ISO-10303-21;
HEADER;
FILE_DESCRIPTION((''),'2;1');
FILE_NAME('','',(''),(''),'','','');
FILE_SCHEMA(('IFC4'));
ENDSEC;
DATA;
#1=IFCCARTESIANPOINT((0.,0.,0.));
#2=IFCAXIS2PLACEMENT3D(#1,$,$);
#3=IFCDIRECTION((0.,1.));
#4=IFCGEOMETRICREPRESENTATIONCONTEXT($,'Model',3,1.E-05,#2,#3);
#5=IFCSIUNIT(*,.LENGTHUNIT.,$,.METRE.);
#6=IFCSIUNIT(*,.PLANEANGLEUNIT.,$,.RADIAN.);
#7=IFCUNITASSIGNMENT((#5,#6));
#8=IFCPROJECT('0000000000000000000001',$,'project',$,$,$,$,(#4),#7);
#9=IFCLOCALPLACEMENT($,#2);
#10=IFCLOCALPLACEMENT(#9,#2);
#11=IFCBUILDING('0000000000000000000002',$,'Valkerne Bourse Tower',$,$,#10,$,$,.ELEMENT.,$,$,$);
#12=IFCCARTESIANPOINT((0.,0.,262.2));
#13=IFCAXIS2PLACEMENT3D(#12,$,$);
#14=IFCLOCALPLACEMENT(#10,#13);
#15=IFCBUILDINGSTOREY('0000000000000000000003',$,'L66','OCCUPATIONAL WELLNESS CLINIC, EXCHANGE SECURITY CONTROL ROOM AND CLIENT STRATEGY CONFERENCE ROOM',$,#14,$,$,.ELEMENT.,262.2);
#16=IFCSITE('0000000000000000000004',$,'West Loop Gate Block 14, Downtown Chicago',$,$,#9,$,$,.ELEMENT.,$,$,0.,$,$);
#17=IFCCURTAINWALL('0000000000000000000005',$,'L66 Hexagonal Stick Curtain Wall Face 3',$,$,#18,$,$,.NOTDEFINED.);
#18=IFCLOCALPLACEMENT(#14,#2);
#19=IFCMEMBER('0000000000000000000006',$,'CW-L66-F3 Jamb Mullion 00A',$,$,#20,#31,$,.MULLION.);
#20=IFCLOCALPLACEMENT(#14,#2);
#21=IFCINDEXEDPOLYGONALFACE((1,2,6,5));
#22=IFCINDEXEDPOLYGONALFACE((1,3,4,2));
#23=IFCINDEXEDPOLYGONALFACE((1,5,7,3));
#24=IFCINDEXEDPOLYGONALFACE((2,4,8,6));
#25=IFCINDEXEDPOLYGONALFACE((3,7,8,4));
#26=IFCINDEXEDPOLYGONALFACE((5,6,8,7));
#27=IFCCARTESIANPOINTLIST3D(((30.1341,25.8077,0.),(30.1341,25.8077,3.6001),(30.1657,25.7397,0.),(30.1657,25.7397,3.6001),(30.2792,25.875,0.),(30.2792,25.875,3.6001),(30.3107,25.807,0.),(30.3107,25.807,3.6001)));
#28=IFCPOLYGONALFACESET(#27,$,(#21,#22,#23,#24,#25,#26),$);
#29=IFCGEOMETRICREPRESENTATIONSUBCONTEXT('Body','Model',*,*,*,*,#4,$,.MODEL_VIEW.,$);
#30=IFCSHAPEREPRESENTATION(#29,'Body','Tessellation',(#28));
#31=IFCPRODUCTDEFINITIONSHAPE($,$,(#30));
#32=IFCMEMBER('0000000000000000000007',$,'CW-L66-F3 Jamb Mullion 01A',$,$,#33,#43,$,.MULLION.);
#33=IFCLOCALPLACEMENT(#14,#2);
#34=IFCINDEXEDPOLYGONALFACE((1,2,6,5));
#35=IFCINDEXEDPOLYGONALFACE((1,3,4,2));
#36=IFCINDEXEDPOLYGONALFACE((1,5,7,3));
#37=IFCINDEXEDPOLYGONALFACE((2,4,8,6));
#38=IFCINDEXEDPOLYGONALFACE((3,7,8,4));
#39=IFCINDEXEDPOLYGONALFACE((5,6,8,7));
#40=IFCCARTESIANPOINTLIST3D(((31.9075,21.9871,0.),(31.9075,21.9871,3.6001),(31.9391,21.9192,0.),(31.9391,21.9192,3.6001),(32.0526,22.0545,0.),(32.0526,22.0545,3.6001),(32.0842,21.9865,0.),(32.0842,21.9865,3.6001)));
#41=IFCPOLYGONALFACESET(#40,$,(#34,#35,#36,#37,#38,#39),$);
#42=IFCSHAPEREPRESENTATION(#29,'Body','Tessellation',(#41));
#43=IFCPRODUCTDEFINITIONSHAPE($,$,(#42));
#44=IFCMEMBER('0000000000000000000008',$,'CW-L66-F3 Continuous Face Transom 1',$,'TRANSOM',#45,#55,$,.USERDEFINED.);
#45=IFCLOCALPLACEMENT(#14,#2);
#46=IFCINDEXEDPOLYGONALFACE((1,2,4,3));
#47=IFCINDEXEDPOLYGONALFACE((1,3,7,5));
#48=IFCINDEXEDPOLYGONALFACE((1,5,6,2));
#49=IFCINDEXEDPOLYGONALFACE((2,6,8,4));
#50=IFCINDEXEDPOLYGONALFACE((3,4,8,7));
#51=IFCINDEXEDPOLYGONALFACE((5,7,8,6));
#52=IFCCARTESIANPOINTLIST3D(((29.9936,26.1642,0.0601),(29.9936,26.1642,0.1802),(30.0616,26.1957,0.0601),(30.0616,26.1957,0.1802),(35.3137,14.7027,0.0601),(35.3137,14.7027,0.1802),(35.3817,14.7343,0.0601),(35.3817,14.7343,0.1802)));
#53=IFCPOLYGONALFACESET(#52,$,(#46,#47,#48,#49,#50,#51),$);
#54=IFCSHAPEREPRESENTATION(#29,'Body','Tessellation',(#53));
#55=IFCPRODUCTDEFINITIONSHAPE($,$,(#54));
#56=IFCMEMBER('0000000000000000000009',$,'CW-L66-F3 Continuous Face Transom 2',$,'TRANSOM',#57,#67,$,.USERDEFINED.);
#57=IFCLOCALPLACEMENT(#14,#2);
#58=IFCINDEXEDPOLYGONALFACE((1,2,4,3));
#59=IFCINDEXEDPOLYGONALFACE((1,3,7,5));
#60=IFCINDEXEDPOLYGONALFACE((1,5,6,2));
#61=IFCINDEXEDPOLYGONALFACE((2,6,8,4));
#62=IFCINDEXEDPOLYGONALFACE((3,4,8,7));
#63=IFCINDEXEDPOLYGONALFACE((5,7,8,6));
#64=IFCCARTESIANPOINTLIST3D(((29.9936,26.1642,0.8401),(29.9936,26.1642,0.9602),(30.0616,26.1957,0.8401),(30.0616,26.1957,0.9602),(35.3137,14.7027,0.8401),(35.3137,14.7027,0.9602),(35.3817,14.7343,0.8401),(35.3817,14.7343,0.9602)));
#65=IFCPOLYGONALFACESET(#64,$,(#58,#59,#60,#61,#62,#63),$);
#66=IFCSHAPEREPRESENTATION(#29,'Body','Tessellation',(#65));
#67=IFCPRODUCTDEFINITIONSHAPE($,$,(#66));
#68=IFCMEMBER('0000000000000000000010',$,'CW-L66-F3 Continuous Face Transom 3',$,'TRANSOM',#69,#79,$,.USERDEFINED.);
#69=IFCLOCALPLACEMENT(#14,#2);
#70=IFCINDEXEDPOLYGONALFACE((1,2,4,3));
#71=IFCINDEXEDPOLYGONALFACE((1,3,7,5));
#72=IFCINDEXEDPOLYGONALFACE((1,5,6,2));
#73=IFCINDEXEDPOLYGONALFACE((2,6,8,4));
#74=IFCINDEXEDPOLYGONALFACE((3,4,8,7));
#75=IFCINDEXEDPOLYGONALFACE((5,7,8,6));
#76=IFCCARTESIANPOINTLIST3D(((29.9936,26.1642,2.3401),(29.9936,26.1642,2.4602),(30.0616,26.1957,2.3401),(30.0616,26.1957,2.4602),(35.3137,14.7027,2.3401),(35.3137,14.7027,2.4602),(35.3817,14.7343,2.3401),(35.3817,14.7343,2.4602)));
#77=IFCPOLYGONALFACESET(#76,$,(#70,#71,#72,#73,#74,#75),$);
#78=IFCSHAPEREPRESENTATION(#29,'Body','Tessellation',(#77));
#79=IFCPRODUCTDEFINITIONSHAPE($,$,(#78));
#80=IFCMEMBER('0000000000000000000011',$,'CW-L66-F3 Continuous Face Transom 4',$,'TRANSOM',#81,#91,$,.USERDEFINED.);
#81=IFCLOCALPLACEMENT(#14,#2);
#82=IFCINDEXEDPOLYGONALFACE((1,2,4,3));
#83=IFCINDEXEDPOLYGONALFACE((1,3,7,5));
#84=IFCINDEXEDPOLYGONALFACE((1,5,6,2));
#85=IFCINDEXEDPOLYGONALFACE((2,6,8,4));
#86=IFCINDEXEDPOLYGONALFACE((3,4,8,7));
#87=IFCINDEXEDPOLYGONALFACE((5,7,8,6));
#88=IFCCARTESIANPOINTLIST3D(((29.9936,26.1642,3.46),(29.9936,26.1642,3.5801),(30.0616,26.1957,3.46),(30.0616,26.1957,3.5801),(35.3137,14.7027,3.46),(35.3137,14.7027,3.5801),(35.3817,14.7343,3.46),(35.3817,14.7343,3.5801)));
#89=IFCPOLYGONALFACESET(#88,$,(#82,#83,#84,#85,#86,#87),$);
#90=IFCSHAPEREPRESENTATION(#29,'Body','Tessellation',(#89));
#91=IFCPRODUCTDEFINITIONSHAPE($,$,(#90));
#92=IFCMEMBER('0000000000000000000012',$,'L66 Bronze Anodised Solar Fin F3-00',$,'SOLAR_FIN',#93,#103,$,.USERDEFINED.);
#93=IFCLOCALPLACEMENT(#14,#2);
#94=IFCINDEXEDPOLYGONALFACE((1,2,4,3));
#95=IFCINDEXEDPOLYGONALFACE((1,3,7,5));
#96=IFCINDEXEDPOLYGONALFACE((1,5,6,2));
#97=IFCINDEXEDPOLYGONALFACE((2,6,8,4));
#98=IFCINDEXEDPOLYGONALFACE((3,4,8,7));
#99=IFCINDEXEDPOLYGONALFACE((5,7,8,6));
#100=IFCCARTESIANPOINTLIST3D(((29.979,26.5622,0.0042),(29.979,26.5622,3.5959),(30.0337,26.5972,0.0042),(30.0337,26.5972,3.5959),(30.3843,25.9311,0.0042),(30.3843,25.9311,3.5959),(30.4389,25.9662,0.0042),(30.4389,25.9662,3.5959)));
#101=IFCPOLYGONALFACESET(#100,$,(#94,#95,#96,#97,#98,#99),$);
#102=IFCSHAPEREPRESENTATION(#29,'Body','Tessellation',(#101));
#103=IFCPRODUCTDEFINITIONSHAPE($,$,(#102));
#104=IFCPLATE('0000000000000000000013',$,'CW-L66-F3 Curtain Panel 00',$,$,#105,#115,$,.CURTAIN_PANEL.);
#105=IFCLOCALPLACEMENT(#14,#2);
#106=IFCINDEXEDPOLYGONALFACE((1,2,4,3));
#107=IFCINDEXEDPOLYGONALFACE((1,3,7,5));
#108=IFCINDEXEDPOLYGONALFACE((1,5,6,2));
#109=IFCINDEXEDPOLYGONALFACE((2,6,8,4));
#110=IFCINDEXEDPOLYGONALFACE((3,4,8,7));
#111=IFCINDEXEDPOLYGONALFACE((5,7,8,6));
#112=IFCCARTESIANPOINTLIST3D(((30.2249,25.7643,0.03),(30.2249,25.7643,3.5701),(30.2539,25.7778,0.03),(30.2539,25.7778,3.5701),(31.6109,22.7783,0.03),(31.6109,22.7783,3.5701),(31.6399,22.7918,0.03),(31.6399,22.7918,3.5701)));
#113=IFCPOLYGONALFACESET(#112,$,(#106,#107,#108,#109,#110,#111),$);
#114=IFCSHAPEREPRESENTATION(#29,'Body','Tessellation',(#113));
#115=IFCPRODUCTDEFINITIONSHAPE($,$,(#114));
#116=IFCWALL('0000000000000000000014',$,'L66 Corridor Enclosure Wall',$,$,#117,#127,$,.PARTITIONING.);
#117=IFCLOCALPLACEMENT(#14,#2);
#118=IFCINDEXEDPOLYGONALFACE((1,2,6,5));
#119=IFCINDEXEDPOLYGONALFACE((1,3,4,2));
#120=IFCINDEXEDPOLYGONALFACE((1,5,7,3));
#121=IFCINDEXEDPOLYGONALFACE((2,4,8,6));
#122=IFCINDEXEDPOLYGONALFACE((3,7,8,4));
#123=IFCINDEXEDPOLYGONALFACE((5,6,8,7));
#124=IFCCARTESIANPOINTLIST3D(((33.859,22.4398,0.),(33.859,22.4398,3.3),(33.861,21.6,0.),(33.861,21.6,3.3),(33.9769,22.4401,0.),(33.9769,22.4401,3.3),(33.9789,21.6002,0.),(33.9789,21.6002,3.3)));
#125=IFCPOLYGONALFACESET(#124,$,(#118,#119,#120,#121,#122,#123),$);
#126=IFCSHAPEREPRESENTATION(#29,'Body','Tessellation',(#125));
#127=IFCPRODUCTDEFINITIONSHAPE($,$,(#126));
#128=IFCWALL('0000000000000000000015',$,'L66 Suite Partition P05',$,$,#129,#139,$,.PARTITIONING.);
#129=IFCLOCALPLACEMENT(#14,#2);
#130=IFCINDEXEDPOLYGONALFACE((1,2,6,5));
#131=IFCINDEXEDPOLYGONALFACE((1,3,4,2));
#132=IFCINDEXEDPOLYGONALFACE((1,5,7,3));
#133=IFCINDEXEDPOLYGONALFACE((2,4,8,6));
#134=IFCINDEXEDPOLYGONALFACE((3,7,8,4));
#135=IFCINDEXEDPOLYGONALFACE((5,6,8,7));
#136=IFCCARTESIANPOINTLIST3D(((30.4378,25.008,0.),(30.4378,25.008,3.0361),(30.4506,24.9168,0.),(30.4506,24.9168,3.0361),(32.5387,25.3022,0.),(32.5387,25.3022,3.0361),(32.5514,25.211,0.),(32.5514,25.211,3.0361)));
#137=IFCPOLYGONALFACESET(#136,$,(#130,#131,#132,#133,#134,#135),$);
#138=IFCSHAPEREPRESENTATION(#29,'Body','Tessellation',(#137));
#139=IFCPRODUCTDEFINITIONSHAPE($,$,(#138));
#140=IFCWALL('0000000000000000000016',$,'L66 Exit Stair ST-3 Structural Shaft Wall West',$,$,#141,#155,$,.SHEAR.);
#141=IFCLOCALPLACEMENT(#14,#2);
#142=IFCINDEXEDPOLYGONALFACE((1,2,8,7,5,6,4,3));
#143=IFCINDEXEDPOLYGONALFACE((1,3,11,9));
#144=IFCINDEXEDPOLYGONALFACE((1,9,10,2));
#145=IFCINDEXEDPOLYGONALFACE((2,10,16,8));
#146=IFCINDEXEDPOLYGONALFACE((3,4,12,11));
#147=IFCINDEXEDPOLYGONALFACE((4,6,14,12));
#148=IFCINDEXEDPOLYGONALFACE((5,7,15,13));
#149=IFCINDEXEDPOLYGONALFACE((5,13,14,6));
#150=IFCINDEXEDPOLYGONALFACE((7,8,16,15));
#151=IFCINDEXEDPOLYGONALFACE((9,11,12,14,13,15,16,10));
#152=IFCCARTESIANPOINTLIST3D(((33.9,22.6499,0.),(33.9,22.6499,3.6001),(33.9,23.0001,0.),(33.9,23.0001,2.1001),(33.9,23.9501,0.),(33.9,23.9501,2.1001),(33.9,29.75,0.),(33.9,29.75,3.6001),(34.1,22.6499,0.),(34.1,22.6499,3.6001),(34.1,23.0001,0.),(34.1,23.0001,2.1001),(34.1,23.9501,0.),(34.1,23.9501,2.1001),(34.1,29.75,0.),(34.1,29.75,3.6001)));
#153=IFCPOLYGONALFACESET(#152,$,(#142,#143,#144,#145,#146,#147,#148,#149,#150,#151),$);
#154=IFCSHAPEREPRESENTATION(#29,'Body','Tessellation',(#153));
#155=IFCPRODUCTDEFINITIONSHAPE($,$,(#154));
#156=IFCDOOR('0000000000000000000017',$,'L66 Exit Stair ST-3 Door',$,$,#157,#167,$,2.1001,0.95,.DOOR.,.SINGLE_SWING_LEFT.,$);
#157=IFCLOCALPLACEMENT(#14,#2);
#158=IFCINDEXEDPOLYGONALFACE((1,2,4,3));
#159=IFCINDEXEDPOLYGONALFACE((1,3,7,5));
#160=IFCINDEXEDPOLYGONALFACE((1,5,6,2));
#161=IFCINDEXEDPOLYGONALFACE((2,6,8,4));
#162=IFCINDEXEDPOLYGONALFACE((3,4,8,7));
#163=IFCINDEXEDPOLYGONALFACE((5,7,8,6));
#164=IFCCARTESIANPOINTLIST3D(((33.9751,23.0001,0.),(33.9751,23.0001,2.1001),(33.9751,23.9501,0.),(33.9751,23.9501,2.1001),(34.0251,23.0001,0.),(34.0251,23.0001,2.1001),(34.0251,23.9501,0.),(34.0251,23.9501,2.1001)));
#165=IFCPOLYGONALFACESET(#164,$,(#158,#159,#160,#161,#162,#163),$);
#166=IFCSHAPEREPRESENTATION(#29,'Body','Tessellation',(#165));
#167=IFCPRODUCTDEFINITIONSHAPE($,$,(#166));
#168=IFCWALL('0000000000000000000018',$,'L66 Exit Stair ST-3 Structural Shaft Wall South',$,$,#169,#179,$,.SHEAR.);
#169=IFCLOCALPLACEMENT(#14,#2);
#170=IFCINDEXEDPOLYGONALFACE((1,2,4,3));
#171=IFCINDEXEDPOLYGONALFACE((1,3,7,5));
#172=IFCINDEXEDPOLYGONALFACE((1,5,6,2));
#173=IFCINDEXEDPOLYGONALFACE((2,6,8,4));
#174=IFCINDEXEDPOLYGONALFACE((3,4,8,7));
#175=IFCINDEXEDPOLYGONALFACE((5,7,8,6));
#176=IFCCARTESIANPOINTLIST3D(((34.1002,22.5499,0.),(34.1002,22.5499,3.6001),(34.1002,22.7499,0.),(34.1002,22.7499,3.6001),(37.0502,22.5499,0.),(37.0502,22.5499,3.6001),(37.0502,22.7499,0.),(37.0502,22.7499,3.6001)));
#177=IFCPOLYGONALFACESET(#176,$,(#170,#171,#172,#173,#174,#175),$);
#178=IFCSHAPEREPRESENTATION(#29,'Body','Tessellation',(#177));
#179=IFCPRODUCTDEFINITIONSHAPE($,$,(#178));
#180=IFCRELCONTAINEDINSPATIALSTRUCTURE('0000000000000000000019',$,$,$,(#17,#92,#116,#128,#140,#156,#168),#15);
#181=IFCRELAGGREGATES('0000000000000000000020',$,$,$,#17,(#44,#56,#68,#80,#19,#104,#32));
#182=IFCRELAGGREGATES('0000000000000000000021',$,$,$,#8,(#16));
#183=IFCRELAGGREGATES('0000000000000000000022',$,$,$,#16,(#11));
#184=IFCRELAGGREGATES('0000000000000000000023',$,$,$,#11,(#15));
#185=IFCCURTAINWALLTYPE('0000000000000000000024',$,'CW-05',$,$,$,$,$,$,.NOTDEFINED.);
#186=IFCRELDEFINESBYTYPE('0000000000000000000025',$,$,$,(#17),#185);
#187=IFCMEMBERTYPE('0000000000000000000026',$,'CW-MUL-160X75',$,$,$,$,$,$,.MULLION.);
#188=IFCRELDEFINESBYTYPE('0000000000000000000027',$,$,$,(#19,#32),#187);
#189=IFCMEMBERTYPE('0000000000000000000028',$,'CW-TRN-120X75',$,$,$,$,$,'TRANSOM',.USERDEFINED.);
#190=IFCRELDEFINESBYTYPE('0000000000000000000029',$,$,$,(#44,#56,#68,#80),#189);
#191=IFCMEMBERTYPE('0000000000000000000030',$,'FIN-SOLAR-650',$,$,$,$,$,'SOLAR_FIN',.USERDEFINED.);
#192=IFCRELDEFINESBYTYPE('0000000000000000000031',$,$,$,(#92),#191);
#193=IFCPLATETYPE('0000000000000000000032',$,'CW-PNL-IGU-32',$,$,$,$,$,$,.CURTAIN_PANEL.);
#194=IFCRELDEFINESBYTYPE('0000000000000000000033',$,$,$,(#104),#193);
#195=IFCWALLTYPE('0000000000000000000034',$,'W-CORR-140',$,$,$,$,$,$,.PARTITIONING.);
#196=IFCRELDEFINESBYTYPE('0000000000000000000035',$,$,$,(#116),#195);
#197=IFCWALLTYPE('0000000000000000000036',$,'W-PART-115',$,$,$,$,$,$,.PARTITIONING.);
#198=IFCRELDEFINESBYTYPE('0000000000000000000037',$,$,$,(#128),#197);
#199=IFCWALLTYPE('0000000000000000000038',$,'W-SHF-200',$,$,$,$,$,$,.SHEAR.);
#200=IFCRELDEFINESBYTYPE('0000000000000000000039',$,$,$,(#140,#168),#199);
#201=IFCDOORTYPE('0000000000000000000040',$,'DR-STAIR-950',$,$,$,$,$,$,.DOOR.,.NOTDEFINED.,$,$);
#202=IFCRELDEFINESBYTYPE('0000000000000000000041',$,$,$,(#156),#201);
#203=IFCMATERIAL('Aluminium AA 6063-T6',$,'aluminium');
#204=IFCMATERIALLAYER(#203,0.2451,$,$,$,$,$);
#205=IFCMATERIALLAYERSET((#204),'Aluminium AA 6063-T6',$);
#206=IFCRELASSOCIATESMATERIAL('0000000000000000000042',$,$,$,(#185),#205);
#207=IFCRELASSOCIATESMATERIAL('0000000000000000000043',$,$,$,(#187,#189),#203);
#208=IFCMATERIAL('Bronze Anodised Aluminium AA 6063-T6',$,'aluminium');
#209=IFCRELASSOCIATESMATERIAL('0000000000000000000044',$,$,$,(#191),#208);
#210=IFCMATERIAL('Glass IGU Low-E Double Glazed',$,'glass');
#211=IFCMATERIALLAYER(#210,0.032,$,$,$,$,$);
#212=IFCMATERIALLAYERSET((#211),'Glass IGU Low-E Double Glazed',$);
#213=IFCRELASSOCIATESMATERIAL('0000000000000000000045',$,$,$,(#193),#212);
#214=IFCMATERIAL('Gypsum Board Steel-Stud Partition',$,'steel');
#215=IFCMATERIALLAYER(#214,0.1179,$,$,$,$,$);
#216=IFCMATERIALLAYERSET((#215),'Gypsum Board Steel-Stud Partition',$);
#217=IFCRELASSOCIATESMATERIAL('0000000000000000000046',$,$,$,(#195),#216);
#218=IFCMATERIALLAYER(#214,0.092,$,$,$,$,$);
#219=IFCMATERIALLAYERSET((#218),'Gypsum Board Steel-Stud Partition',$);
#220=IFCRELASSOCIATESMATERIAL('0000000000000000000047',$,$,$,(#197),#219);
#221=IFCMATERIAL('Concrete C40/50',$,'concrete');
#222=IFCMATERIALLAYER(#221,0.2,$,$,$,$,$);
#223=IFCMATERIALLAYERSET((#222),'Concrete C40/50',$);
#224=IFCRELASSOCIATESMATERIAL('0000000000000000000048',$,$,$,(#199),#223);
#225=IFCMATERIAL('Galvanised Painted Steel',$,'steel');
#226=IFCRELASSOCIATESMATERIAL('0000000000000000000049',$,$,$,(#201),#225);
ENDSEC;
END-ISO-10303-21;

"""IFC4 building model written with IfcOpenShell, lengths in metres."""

from ifc_helpers import new_model, si_unit, direction, frame, frame_2d, origin, origin_2d, place, context, subcontext, project, spatial, rectangle, extrude, material, layer, layer_set, material_profile, profile_set, type_object, element, fill, aggregate, save


model = new_model("IFC4")

# Units and contexts
model_context = context("Model", 3, precision=1e-05, world=origin(), true_north=direction((0.0, 1.0)))
body_context = subcontext(model_context, "Body", "Model", "MODEL_VIEW")
ifc_project = project(units=[si_unit("LENGTHUNIT", "METRE"), si_unit("PLANEANGLEUNIT", "RADIAN")], contexts=[model_context])

# Site, building, storey
site_placement = place(None, origin())
site = spatial("IfcSite", under=ifc_project, at=site_placement, Name="West Loop Gate Block 14, Downtown Chicago", CompositionType="ELEMENT", RefElevation=0.0)
building_placement = place(site_placement, origin())
building = spatial("IfcBuilding", under=site, at=building_placement, Name="Valkerne Bourse Tower", CompositionType="ELEMENT")
storey_placement = place(building_placement, frame((0.0, 0.0, 262.2)))
storey = spatial("IfcBuildingStorey", under=building, at=storey_placement, Name="L66", Description="OCCUPATIONAL WELLNESS CLINIC, EXCHANGE SECURITY CONTROL ROOM AND CLIENT STRATEGY CONFERENCE ROOM", CompositionType="ELEMENT", Elevation=262.2)

# Curtain wall, members
ifc_material_1 = material(Name="Aluminium AA 6063-T6", Category="aluminium")
ifc_layer_1 = layer(ifc_material_1, 0.2451)
ifc_layer_set_1 = layer_set([ifc_layer_1], Name="Aluminium AA 6063-T6")
curtain_wall_type = type_object("IfcCurtainWallType", Name="CW-05", PredefinedType="NOTDEFINED", material=ifc_layer_set_1)
curtain_wall_placement = place(storey_placement, origin())
curtain_wall = element("IfcCurtainWall", 1, at=curtain_wall_placement, inside=storey, type_object=curtain_wall_type, Name="L66 Hexagonal Stick Curtain Wall Face 3", PredefinedType="NOTDEFINED")
ifc_material_profile_1 = material_profile(ifc_material_1, rectangle(XDim=0.075, YDim=0.1599, at=origin_2d()), Name="CWM-75X160")
ifc_profile_set_1 = profile_set([ifc_material_profile_1], Name="Aluminium AA 6063-T6")
member_type_1 = type_object("IfcMemberType", Name="CW-MUL-160X75", PredefinedType="MULLION", material=ifc_profile_set_1)
member_1_placement = place(storey_placement, frame((30.2224, 25.8074, 0.0), z_axis=(0.0, 0.0, 1.0), x_axis=(0.421032, -0.907046, 0.0)))
member_1 = element("IfcMember", 2, at=member_1_placement, type_object=member_type_1, Name="CW-L66-F3 Jamb Mullion 00A", PredefinedType="MULLION", context=body_context, shape_type="SweptSolid", body=[
    extrude(rectangle(XDim=0.075, YDim=0.1599, at=origin_2d()), origin(), (0.0, 0.0, 1.0), 3.6001),
])
member_2_placement = place(storey_placement, frame((31.9958, 21.9868, 0.0), z_axis=(0.0, 0.0, 1.0), x_axis=(0.421032, -0.907046, 0.0)))
member_2 = element("IfcMember", 3, at=member_2_placement, type_object=member_type_1, Name="CW-L66-F3 Jamb Mullion 01A", PredefinedType="MULLION", context=body_context, shape_type="SweptSolid", body=[
    extrude(rectangle(XDim=0.075, YDim=0.1599, at=origin_2d()), origin(), (0.0, 0.0, 1.0), 3.6001),
])
ifc_material_profile_2 = material_profile(ifc_material_1, rectangle(XDim=0.075, YDim=0.1201, at=origin_2d()), Name="CWT-75X120")
ifc_profile_set_2 = profile_set([ifc_material_profile_2], Name="Aluminium AA 6063-T6")
member_type_2 = type_object("IfcMemberType", Name="CW-TRN-120X75", ElementType="TRANSOM", PredefinedType="USERDEFINED", material=ifc_profile_set_2)
member_3_placement = place(storey_placement, frame((30.0276, 26.1799, 0.1201), z_axis=(0.421026, -0.907048, 0.0), x_axis=(0.907048, 0.421026, 0.0)))
member_3 = element("IfcMember", 4, at=member_3_placement, type_object=member_type_2, Name="CW-L66-F3 Continuous Face Transom 1", ObjectType="TRANSOM", PredefinedType="USERDEFINED", context=body_context, shape_type="SweptSolid", body=[
    extrude(rectangle(XDim=0.075, YDim=0.1201, at=origin_2d()), origin(), (0.0, 0.0, 1.0), 12.636),
])
member_4_placement = place(storey_placement, frame((30.0276, 26.1799, 0.9001), z_axis=(0.421026, -0.907048, 0.0), x_axis=(0.907048, 0.421026, 0.0)))
member_4 = element("IfcMember", 5, at=member_4_placement, type_object=member_type_2, Name="CW-L66-F3 Continuous Face Transom 2", ObjectType="TRANSOM", PredefinedType="USERDEFINED", context=body_context, shape_type="SweptSolid", body=[
    extrude(rectangle(XDim=0.075, YDim=0.1201, at=origin_2d()), origin(), (0.0, 0.0, 1.0), 12.636),
])
member_5_placement = place(storey_placement, frame((30.0276, 26.1799, 2.4001), z_axis=(0.421026, -0.907048, 0.0), x_axis=(0.907048, 0.421026, 0.0)))
member_5 = element("IfcMember", 6, at=member_5_placement, type_object=member_type_2, Name="CW-L66-F3 Continuous Face Transom 3", ObjectType="TRANSOM", PredefinedType="USERDEFINED", context=body_context, shape_type="SweptSolid", body=[
    extrude(rectangle(XDim=0.075, YDim=0.1201, at=origin_2d()), origin(), (0.0, 0.0, 1.0), 12.636),
])
member_6_placement = place(storey_placement, frame((30.0276, 26.1799, 3.52), z_axis=(0.421026, -0.907048, 0.0), x_axis=(0.907048, 0.421026, 0.0)))
member_6 = element("IfcMember", 7, at=member_6_placement, type_object=member_type_2, Name="CW-L66-F3 Continuous Face Transom 4", ObjectType="TRANSOM", PredefinedType="USERDEFINED", context=body_context, shape_type="SweptSolid", body=[
    extrude(rectangle(XDim=0.075, YDim=0.1201, at=origin_2d()), origin(), (0.0, 0.0, 1.0), 12.636),
])

# Member
ifc_material_2 = material(Name="Bronze Anodised Aluminium AA 6063-T6", Category="aluminium")
ifc_material_profile_3 = material_profile(ifc_material_2, rectangle(XDim=0.0649, YDim=0.75, at=origin_2d()), Name="FIN-65X750")
ifc_profile_set_3 = profile_set([ifc_material_profile_3], Name="Bronze Anodised Aluminium AA 6063-T6")
member_type_3 = type_object("IfcMemberType", Name="FIN-SOLAR-650", ElementType="SOLAR_FIN", PredefinedType="USERDEFINED", material=ifc_profile_set_3)
member_7_placement = place(storey_placement, frame((30.209, 26.2642, 0.0042), z_axis=(0.0, 0.0, 1.0), x_axis=(-0.841434, -0.54036, 0.0)))
element("IfcMember", 8, at=member_7_placement, inside=storey, type_object=member_type_3, Name="L66 Bronze Anodised Solar Fin F3-00", ObjectType="SOLAR_FIN", PredefinedType="USERDEFINED", context=body_context, shape_type="SweptSolid", body=[
    extrude(rectangle(XDim=0.0649, YDim=0.75, at=origin_2d()), origin(), (0.0, 0.0, 1.0), 3.5918),
])

# Plate
ifc_material_3 = material(Name="Glass IGU Low-E Double Glazed", Category="glass")
ifc_layer_2 = layer(ifc_material_3, 0.032)
ifc_layer_set_2 = layer_set([ifc_layer_2], Name="Glass IGU Low-E Double Glazed")
plate_type = type_object("IfcPlateType", Name="CW-PNL-IGU-32", PredefinedType="CURTAIN_PANEL", material=ifc_layer_set_2)
plate_placement = place(storey_placement, frame((30.9324, 24.2781, 0.03), z_axis=(0.0, 0.0, 1.0), x_axis=(0.421032, -0.907046, 0.0)))
plate = element("IfcPlate", 9, at=plate_placement, type_object=plate_type, Name="CW-L66-F3 Curtain Panel 00", PredefinedType="CURTAIN_PANEL", context=body_context, shape_type="SweptSolid", body=[
    extrude(rectangle(XDim=3.292, YDim=0.032, at=origin_2d()), origin(), (0.0, 0.0, 1.0), 3.54),
])
aggregate(curtain_wall, [member_3, member_4, member_5, member_6, member_1, plate, member_2])

# Walls
ifc_material_4 = material(Name="Gypsum Board Steel-Stud Partition", Category="steel")
ifc_layer_3 = layer(ifc_material_4, 0.1179)
ifc_layer_set_3 = layer_set([ifc_layer_3], Name="Gypsum Board Steel-Stud Partition")
wall_type_1 = type_object("IfcWallType", Name="W-CORR-140", PredefinedType="PARTITIONING", material=ifc_layer_set_3)
wall_1_placement = place(storey_placement, frame((33.918, 22.4399, 0.0), z_axis=(0.0, 0.0, 1.0), x_axis=(0.002326, -0.999997, 0.0)))
element("IfcWall", 10, at=wall_1_placement, inside=storey, type_object=wall_type_1, Name="L66 Corridor Enclosure Wall", PredefinedType="PARTITIONING", context=body_context, shape_type="SweptSolid", body=[
    extrude(rectangle(XDim=0.8398, YDim=0.1179, at=frame_2d((0.4199, 0.0))), origin(), (0.0, 0.0, 1.0), 3.3),
])
ifc_layer_4 = layer(ifc_material_4, 0.092)
ifc_layer_set_4 = layer_set([ifc_layer_4], Name="Gypsum Board Steel-Stud Partition")
wall_type_2 = type_object("IfcWallType", Name="W-PART-115", PredefinedType="PARTITIONING", material=ifc_layer_set_4)
wall_2_placement = place(storey_placement, frame((32.5449, 25.2566, 0.0), z_axis=(0.0, 0.0, 1.0), x_axis=(-0.990337, -0.138682, 0.0)))
element("IfcWall", 11, at=wall_2_placement, inside=storey, type_object=wall_type_2, Name="L66 Suite Partition P05", PredefinedType="PARTITIONING", context=body_context, shape_type="SweptSolid", body=[
    extrude(rectangle(XDim=2.1213, YDim=0.092, at=frame_2d((1.0605, 0.0))), origin(), (0.0, 0.0, 1.0), 3.0361),
])

# Wall, opening, door
ifc_material_5 = material(Name="Concrete C40/50", Category="concrete")
ifc_layer_5 = layer(ifc_material_5, 0.2)
ifc_layer_set_5 = layer_set([ifc_layer_5], Name="Concrete C40/50")
wall_type_3 = type_object("IfcWallType", Name="W-SHF-200", PredefinedType="SHEAR", material=ifc_layer_set_5)
wall_3_placement = place(storey_placement, frame((34.0, 22.6499, 0.0), z_axis=(0.0, 0.0, 1.0), x_axis=(0.0, 1.0, 0.0)))
wall_3 = element("IfcWall", 12, at=wall_3_placement, inside=storey, type_object=wall_type_3, Name="L66 Exit Stair ST-3 Structural Shaft Wall West", PredefinedType="SHEAR", context=body_context, shape_type="SweptSolid", body=[
    extrude(rectangle(XDim=7.1001, YDim=0.2, at=frame_2d((3.55, 0.0))), origin(), (0.0, 0.0, 1.0), 3.6001),
])
opening_placement = place(wall_3_placement, frame((0.3501, 0.0, 0.0)))
opening = element("IfcOpeningElement", 13, at=opening_placement, cuts=wall_3, PredefinedType="OPENING", context=body_context, shape_type="SweptSolid", body=[
    extrude(rectangle(XDim=0.95, YDim=2.1001, at=frame_2d((0.4751, 1.05))), frame((0.0, 0.1099, 0.0), z_axis=(0.0, -1.0, 0.0), x_axis=(1.0, 0.0, 0.0)), (0.0, 0.0, 1.0), 0.22),
])
ifc_material_6 = material(Name="Galvanised Painted Steel", Category="steel")
door_type = type_object("IfcDoorType", Name="DR-STAIR-950", OperationType="NOTDEFINED", PredefinedType="DOOR", material=ifc_material_6)
door_placement = place(opening_placement, origin())
door = element("IfcDoor", 14, at=door_placement, inside=storey, type_object=door_type, Name="L66 Exit Stair ST-3 Door", OperationType="SINGLE_SWING_LEFT", OverallHeight=2.1001, OverallWidth=0.95, PredefinedType="DOOR", context=body_context, shape_type="SweptSolid", body=[
    extrude(rectangle(XDim=0.95, YDim=2.1001, at=frame_2d((0.4751, 1.05))), frame((0.0, 0.0249, 0.0), z_axis=(0.0, -1.0, 0.0), x_axis=(1.0, 0.0, 0.0)), (0.0, 0.0, 1.0), 0.05),
])
fill(opening, door)

# Wall
wall_4_placement = place(storey_placement, frame((34.1001, 22.6499, 0.0), z_axis=(0.0, 0.0, 1.0), x_axis=(1.0, 0.0, 0.0)))
element("IfcWall", 15, at=wall_4_placement, inside=storey, type_object=wall_type_3, Name="L66 Exit Stair ST-3 Structural Shaft Wall South", PredefinedType="SHEAR", context=body_context, shape_type="SweptSolid", body=[
    extrude(rectangle(XDim=2.95, YDim=0.2, at=frame_2d((1.4751, 0.0))), origin(), (0.0, 0.0, 1.0), 3.6001),
])

save(model, "model.ifc")
